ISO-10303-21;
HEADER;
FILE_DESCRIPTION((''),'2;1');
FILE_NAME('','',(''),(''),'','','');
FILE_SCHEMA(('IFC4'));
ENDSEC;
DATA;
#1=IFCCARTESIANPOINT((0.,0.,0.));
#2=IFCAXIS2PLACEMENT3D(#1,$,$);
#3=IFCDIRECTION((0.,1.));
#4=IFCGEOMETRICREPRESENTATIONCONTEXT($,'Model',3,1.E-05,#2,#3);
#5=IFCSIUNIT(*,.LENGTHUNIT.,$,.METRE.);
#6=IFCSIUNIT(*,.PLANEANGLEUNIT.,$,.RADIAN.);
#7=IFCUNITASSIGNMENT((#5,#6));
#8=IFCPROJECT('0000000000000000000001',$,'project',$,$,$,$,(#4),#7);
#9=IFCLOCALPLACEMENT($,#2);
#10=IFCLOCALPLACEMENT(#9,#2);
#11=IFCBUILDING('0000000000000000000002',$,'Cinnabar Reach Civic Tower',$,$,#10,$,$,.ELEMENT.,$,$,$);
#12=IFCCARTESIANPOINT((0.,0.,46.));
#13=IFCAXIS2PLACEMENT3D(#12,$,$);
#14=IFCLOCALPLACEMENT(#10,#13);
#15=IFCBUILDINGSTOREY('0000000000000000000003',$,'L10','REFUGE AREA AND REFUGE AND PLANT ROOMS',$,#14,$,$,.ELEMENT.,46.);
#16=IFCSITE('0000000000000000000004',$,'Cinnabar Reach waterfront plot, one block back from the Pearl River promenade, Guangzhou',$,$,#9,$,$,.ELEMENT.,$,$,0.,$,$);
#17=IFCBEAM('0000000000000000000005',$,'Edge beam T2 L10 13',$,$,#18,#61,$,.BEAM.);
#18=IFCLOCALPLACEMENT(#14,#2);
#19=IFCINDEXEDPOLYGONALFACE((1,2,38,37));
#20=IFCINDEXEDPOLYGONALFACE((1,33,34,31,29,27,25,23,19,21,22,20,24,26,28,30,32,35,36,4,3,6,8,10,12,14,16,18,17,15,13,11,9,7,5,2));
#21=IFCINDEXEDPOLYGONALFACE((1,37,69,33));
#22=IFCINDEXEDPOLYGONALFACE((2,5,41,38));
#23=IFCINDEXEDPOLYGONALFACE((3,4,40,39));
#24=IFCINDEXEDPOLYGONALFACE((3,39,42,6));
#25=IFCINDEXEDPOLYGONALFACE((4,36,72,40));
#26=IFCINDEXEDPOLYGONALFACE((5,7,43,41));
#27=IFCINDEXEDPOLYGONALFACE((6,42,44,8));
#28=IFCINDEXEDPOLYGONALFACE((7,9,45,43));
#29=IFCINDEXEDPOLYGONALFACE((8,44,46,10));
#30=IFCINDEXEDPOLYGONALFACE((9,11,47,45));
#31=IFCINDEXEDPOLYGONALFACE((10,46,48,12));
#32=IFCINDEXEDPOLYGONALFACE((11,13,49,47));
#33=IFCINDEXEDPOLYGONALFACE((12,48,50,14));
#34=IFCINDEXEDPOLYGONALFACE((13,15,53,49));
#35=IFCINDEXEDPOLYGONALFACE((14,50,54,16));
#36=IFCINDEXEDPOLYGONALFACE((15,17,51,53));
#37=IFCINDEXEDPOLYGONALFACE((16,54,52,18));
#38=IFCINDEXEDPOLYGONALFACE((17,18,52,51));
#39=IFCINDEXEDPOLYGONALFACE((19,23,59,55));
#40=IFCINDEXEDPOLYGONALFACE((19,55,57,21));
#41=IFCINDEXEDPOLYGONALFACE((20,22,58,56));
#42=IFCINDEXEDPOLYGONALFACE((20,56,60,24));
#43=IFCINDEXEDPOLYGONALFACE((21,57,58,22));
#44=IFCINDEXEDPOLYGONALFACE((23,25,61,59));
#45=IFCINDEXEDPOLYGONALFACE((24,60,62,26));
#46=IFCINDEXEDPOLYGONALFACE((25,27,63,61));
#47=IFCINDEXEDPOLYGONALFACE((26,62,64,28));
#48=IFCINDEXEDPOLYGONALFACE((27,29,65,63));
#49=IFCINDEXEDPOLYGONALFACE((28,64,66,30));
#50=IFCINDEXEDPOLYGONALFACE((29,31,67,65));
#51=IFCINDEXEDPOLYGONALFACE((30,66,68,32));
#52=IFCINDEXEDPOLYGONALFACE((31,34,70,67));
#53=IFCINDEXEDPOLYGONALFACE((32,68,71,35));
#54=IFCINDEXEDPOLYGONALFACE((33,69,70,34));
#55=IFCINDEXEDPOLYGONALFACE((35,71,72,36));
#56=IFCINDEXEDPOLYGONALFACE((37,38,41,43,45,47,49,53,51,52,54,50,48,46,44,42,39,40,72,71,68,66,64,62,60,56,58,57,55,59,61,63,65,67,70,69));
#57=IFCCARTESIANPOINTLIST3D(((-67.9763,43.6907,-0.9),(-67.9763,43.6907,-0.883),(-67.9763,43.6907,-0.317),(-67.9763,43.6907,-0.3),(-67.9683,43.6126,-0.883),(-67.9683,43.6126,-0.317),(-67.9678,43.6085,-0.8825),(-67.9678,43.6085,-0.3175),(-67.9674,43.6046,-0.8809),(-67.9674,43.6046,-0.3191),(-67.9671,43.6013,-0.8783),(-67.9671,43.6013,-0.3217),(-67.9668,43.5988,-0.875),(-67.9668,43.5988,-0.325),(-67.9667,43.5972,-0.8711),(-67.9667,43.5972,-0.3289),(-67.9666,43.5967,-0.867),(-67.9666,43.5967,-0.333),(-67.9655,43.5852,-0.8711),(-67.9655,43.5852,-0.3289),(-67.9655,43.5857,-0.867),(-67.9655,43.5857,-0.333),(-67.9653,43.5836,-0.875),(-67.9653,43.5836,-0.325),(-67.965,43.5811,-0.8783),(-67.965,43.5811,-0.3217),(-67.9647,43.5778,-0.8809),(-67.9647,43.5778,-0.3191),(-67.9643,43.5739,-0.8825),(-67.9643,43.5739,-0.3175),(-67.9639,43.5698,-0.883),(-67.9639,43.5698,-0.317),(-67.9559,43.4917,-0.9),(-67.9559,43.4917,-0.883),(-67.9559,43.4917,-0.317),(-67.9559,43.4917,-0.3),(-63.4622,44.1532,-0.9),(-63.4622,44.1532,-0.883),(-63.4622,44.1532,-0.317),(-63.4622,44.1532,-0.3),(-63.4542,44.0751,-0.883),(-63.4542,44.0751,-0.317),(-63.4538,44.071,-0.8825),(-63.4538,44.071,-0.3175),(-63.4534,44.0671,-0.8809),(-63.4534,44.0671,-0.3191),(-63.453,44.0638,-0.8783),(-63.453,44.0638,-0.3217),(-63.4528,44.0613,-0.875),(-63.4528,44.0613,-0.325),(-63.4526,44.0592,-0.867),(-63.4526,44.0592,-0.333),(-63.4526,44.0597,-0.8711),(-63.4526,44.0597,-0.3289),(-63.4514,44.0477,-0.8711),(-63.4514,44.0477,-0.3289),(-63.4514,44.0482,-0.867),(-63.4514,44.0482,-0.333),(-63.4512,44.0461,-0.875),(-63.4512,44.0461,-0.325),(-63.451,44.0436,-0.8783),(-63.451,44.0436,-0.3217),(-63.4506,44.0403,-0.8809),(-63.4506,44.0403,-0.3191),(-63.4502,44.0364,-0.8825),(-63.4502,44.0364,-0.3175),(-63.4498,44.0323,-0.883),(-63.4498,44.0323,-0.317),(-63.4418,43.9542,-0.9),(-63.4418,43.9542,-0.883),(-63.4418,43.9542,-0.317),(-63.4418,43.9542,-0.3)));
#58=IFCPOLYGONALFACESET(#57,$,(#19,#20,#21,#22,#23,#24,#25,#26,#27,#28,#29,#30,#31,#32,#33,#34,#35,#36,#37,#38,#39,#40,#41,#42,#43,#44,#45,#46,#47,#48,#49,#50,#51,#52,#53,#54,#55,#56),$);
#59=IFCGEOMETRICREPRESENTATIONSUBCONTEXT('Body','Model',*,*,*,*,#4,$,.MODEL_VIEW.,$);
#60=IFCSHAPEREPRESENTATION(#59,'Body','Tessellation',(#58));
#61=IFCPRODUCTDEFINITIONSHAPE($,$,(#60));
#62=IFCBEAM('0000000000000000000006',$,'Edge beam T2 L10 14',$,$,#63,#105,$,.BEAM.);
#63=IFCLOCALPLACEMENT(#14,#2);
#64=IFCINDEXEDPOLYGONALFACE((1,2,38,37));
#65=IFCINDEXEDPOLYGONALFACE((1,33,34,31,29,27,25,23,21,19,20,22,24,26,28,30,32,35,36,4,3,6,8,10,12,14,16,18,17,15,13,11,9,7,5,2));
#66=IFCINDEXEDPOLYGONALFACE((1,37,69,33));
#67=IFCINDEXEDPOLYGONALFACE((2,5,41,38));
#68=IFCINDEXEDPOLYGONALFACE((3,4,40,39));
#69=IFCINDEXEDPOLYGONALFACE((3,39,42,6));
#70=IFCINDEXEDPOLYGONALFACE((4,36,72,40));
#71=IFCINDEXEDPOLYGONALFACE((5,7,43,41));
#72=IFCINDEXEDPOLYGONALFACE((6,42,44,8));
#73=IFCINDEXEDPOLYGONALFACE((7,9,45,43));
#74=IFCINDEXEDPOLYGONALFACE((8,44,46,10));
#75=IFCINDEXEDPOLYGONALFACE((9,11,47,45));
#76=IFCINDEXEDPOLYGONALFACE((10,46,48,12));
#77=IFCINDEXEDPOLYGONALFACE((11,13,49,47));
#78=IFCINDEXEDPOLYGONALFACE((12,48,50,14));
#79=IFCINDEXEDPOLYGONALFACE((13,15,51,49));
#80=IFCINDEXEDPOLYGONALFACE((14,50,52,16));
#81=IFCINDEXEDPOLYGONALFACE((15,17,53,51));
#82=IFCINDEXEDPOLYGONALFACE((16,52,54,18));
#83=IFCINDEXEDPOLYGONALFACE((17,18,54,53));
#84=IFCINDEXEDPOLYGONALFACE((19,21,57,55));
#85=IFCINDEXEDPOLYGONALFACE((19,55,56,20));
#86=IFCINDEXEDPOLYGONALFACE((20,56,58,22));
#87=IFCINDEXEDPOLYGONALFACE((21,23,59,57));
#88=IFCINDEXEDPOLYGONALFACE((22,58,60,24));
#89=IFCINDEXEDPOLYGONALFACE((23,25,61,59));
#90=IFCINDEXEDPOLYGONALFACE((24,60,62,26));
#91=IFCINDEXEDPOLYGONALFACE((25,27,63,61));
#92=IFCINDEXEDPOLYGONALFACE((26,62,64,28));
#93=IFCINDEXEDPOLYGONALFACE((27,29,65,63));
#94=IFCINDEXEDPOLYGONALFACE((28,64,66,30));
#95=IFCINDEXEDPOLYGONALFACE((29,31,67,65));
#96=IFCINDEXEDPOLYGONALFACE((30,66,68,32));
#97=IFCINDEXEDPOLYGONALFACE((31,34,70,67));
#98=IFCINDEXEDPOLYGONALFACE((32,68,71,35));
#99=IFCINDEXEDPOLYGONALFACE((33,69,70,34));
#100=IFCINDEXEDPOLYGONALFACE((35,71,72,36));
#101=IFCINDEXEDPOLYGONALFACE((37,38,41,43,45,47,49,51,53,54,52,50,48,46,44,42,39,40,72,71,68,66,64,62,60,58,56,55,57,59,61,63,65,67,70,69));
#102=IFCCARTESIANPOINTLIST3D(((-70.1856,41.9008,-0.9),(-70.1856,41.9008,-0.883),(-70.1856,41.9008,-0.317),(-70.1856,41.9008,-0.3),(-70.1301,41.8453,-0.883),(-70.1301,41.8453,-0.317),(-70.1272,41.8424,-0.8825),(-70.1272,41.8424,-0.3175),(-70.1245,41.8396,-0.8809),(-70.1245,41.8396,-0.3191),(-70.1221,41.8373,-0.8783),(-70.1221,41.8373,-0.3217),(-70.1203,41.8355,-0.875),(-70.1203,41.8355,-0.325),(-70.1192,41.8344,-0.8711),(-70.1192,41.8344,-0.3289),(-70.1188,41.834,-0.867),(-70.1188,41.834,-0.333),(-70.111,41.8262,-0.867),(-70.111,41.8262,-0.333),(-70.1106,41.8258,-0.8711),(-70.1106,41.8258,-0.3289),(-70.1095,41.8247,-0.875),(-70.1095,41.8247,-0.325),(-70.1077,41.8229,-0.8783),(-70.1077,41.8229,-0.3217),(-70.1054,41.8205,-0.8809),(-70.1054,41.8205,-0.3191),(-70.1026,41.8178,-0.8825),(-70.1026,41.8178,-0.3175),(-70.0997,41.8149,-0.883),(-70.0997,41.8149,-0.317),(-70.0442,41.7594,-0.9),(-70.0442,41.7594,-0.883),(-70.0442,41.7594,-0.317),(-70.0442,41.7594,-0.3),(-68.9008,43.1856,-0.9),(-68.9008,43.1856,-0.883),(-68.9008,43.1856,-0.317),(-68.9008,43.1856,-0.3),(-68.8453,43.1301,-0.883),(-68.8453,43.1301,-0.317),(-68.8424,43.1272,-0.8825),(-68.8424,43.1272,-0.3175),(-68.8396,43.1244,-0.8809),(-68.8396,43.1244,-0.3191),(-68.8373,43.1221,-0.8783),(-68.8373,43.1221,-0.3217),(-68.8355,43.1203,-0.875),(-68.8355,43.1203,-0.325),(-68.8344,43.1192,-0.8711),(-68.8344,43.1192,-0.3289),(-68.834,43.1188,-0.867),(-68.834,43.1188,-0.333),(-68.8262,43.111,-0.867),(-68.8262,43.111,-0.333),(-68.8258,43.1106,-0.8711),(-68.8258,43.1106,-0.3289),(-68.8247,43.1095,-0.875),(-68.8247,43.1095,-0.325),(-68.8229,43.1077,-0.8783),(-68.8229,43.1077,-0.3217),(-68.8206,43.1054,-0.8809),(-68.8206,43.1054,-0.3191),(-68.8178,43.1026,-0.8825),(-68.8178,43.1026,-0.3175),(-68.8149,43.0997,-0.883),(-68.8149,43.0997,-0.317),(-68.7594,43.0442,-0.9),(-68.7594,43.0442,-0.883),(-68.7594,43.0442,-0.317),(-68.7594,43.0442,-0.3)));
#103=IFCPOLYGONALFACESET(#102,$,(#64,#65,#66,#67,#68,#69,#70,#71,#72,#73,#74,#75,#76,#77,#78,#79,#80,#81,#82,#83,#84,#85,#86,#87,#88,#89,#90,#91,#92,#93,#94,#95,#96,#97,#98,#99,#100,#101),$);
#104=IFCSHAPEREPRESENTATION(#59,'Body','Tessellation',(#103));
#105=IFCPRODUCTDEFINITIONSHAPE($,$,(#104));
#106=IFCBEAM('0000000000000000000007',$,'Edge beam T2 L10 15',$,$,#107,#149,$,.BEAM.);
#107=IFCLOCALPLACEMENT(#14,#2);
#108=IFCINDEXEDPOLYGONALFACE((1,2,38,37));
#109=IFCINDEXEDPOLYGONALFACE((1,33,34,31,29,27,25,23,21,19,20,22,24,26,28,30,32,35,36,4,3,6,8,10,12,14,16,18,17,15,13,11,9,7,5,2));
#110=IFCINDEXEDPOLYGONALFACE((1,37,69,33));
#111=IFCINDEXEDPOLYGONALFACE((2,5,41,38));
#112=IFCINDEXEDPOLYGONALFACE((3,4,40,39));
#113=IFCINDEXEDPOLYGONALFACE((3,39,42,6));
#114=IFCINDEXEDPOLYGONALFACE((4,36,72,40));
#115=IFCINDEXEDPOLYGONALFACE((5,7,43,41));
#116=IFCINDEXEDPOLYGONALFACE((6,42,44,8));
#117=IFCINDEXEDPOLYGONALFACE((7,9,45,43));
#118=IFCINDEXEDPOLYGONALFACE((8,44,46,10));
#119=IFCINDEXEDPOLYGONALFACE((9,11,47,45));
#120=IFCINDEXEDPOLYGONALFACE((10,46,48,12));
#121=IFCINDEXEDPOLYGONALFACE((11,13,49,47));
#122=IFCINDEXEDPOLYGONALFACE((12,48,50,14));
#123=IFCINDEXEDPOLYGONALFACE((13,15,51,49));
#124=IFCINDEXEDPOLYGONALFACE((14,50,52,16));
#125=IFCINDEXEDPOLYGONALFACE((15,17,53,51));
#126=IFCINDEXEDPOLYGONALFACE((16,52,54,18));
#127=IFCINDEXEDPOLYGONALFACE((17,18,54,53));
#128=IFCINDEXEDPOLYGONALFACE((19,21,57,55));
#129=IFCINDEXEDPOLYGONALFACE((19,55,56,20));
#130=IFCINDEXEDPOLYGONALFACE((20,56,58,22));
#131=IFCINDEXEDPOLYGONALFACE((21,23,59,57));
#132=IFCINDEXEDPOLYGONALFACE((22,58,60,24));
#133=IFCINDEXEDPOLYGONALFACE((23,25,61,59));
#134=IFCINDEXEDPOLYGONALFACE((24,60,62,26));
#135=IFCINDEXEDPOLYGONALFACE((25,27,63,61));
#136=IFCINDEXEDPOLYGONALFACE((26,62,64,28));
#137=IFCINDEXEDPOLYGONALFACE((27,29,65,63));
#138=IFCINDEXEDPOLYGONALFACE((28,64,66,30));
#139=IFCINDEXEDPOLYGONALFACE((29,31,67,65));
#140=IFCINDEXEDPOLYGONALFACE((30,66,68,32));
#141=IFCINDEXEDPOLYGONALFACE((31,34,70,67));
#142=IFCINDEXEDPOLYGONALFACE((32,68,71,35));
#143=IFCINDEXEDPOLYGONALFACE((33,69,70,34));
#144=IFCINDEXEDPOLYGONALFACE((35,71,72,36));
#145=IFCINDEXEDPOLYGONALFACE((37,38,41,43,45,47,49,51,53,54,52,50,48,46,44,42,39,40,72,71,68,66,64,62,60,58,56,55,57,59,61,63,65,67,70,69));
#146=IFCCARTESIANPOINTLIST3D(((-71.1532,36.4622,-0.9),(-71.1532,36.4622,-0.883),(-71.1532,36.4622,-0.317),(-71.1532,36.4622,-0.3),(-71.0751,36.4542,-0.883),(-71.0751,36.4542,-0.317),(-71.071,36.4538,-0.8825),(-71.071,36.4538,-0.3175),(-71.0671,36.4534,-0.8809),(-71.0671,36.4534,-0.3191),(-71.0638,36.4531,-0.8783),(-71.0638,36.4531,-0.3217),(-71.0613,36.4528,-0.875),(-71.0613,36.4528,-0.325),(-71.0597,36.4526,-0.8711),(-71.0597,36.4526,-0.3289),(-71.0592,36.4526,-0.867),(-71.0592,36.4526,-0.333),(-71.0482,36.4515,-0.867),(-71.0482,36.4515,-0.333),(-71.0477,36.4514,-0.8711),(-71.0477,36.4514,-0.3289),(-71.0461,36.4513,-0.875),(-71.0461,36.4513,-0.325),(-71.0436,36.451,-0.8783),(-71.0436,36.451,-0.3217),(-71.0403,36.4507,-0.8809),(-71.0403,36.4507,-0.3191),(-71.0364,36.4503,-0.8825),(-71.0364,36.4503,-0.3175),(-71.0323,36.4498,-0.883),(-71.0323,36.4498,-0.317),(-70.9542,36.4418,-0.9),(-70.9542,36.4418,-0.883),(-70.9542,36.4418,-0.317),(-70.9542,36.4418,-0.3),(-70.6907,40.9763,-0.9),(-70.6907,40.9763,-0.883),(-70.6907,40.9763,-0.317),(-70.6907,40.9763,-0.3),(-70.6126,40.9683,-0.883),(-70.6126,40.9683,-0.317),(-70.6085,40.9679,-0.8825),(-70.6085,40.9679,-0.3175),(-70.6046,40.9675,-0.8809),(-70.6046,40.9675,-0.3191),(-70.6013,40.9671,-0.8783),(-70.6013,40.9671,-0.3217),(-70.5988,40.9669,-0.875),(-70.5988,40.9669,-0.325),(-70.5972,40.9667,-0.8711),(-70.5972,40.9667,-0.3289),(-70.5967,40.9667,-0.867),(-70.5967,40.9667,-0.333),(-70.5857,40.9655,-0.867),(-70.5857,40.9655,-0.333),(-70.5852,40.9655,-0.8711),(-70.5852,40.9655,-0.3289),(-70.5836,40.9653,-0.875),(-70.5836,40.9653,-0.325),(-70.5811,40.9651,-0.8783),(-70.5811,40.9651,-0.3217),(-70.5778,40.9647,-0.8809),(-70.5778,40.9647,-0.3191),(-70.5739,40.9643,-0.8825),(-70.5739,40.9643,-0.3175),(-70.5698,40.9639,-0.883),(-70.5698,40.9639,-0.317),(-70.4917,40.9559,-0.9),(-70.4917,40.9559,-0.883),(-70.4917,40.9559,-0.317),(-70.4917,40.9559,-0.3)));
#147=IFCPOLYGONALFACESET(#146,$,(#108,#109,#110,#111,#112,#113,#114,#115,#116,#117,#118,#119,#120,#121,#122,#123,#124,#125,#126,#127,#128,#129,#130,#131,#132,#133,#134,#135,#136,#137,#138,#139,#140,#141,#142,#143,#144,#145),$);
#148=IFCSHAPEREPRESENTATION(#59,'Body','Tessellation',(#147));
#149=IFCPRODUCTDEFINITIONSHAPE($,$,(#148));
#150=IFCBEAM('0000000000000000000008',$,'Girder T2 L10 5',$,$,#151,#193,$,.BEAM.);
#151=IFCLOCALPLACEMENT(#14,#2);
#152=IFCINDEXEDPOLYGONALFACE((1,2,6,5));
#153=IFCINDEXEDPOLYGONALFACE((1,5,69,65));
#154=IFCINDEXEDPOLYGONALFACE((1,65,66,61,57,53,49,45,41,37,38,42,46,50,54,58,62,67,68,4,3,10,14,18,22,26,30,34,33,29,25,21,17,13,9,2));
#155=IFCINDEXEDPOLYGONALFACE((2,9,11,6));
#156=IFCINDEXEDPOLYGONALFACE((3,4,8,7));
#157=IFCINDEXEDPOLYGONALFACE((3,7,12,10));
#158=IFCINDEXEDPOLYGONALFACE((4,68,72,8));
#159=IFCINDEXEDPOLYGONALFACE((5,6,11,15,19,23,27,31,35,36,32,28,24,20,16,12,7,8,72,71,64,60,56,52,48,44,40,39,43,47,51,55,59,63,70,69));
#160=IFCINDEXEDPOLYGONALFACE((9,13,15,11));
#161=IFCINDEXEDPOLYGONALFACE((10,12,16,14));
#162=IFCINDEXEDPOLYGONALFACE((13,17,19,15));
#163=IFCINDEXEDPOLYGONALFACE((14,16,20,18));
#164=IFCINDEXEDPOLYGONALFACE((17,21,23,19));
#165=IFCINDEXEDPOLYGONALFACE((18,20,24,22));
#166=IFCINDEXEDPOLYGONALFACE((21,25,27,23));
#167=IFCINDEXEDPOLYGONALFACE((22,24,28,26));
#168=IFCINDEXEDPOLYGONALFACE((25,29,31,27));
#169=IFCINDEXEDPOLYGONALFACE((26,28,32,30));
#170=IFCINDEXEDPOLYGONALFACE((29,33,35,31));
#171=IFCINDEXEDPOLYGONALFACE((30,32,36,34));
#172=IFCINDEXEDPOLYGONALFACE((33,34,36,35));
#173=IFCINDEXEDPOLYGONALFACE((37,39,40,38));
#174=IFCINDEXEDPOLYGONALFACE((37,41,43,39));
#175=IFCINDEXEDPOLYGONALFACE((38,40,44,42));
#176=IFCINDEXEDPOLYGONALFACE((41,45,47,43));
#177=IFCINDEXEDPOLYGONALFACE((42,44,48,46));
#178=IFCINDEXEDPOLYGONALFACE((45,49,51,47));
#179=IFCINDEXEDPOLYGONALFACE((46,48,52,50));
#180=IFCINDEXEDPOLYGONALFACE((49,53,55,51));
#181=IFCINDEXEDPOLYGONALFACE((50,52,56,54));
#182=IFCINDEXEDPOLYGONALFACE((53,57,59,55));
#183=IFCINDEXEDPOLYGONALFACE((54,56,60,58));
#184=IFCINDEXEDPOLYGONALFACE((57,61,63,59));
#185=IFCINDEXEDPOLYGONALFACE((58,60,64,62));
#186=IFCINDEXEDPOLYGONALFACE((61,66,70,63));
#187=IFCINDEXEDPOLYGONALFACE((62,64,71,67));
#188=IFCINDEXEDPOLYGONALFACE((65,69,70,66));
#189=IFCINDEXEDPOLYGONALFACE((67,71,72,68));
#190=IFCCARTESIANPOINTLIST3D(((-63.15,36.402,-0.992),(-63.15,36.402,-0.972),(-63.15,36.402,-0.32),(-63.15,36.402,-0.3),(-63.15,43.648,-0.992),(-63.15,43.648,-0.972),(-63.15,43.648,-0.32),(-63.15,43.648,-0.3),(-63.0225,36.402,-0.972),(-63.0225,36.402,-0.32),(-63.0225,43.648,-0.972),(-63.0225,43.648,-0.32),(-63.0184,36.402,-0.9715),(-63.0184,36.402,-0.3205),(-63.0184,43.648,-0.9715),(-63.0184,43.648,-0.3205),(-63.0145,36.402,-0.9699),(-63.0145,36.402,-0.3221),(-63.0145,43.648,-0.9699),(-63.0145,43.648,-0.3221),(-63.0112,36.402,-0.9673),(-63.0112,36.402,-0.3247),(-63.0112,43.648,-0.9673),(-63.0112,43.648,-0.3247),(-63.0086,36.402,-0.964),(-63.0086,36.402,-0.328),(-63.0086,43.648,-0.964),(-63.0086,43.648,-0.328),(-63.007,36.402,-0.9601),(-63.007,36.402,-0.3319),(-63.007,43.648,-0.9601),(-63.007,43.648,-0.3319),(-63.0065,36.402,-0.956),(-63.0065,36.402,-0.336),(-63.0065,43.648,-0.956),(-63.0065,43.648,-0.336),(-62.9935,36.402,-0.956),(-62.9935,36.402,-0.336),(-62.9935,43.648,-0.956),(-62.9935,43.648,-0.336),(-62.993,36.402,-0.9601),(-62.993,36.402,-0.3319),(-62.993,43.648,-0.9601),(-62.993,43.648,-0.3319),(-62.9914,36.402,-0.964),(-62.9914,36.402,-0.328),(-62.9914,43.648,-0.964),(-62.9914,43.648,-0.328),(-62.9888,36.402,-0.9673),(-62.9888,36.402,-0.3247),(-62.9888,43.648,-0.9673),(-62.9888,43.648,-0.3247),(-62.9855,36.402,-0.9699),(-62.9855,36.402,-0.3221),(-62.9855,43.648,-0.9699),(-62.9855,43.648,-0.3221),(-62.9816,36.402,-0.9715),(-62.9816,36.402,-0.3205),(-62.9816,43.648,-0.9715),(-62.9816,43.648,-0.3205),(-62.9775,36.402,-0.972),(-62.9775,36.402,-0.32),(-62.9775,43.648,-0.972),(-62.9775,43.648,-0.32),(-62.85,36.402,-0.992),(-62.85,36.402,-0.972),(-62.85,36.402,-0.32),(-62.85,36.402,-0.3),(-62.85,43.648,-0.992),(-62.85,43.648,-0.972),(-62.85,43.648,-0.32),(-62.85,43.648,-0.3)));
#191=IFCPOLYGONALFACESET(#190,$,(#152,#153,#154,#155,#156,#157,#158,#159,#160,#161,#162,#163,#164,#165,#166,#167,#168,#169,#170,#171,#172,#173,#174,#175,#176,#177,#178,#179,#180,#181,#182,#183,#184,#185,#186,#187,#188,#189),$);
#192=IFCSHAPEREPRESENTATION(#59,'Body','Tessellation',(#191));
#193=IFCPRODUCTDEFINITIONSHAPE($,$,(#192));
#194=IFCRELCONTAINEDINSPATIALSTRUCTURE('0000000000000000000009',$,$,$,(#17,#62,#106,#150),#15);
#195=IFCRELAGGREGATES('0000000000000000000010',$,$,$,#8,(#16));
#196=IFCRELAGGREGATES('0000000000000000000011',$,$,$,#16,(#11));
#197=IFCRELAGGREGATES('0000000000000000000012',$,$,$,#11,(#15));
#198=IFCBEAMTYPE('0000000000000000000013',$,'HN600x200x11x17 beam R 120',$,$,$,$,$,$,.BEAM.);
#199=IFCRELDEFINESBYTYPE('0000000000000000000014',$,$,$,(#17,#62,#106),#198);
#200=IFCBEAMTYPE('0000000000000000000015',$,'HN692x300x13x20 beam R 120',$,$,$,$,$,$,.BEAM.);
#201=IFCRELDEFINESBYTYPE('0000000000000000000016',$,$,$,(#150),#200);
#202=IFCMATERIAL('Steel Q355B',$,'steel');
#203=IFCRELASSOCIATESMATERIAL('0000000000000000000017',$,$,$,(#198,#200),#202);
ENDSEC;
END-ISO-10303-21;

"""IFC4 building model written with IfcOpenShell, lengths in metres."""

from ifc_helpers import new_model, si_unit, direction, frame, origin, origin_2d, place, context, subcontext, project, spatial, i_section, extrude, material, material_profile, profile_set, type_object, element, save


model = new_model("IFC4")

# Units and contexts
model_context = context("Model", 3, precision=1e-05, world=origin(), true_north=direction((0.0, 1.0)))
body_context = subcontext(model_context, "Body", "Model", "MODEL_VIEW")
ifc_project = project(units=[si_unit("LENGTHUNIT", "METRE"), si_unit("PLANEANGLEUNIT", "RADIAN")], contexts=[model_context])

# Site, building, storey
site_placement = place(None, origin())
site = spatial("IfcSite", under=ifc_project, at=site_placement, Name="Cinnabar Reach waterfront plot, one block back from the Pearl River promenade, Guangzhou", CompositionType="ELEMENT", RefElevation=0.0)
building_placement = place(site_placement, origin())
building = spatial("IfcBuilding", under=site, at=building_placement, Name="Cinnabar Reach Civic Tower", CompositionType="ELEMENT")
storey_placement = place(building_placement, frame((0.0, 0.0, 46.0)))
storey = spatial("IfcBuildingStorey", under=building, at=storey_placement, Name="L10", Description="REFUGE AREA AND REFUGE AND PLANT ROOMS", CompositionType="ELEMENT", Elevation=46.0)

# Beams
ifc_material_1 = material(Name="Steel Q355B", Category="steel")
ifc_material_profile_1 = material_profile(ifc_material_1, i_section(OverallWidth=0.2, OverallDepth=0.6, WebThickness=0.011, FlangeThickness=0.017, FilletRadius=0.016, at=origin_2d()), Name="HN600x200x11x17")
ifc_profile_set_1 = profile_set([ifc_material_profile_1], Name="Steel Q355B")
beam_type_1 = type_object("IfcBeamType", Name="HN600x200x11x17 beam R 120", PredefinedType="BEAM", material=ifc_profile_set_1)
beam_1_placement = place(storey_placement, frame((-63.452, 44.0537, -0.6), z_axis=(-0.994792, -0.101923, 0.0), x_axis=(0.101923, -0.994792, 0.0)))
element("IfcBeam", 1, at=beam_1_placement, inside=storey, type_object=beam_type_1, Name="Edge beam T2 L10 13", PredefinedType="BEAM", context=body_context, shape_type="SweptSolid", body=[
    extrude(i_section(OverallWidth=0.2, OverallDepth=0.6, WebThickness=0.011, FlangeThickness=0.017, FilletRadius=0.016, at=origin_2d()), origin(), (0.0, 0.0, 1.0), 4.5377),
])
beam_2_placement = place(storey_placement, frame((-68.8301, 43.1149, -0.6), z_axis=(-0.707107, -0.707107, 0.0), x_axis=(0.707107, -0.707107, 0.0)))
element("IfcBeam", 2, at=beam_2_placement, inside=storey, type_object=beam_type_1, Name="Edge beam T2 L10 14", PredefinedType="BEAM", context=body_context, shape_type="SweptSolid", body=[
    extrude(i_section(OverallWidth=0.2, OverallDepth=0.6, WebThickness=0.011, FlangeThickness=0.017, FilletRadius=0.016, at=origin_2d()), origin(), (0.0, 0.0, 1.0), 1.817),
])
beam_3_placement = place(storey_placement, frame((-70.5912, 40.9661, -0.6), z_axis=(-0.101923, -0.994792, 0.0), x_axis=(0.994792, -0.101923, 0.0)))
element("IfcBeam", 3, at=beam_3_placement, inside=storey, type_object=beam_type_1, Name="Edge beam T2 L10 15", PredefinedType="BEAM", context=body_context, shape_type="SweptSolid", body=[
    extrude(i_section(OverallWidth=0.2, OverallDepth=0.6, WebThickness=0.011, FlangeThickness=0.017, FilletRadius=0.016, at=origin_2d()), origin(), (0.0, 0.0, 1.0), 4.5377),
])
ifc_material_profile_2 = material_profile(ifc_material_1, i_section(OverallWidth=0.3, OverallDepth=0.692, WebThickness=0.013, FlangeThickness=0.02, FilletRadius=0.016, at=origin_2d()), Name="HN692x300x13x20")
ifc_profile_set_2 = profile_set([ifc_material_profile_2], Name="Steel Q355B")
beam_type_2 = type_object("IfcBeamType", Name="HN692x300x13x20 beam R 120", PredefinedType="BEAM", material=ifc_profile_set_2)
beam_4_placement = place(storey_placement, frame((-63.0, 36.402, -0.646), z_axis=(0.0, 1.0, 0.0), x_axis=(-1.0, 0.0, 0.0)))
element("IfcBeam", 4, at=beam_4_placement, inside=storey, type_object=beam_type_2, Name="Girder T2 L10 5", PredefinedType="BEAM", context=body_context, shape_type="SweptSolid", body=[
    extrude(i_section(OverallWidth=0.3, OverallDepth=0.692, WebThickness=0.013, FlangeThickness=0.02, FilletRadius=0.016, at=origin_2d()), origin(), (0.0, 0.0, 1.0), 7.246),
])

save(model, "model.ifc")
